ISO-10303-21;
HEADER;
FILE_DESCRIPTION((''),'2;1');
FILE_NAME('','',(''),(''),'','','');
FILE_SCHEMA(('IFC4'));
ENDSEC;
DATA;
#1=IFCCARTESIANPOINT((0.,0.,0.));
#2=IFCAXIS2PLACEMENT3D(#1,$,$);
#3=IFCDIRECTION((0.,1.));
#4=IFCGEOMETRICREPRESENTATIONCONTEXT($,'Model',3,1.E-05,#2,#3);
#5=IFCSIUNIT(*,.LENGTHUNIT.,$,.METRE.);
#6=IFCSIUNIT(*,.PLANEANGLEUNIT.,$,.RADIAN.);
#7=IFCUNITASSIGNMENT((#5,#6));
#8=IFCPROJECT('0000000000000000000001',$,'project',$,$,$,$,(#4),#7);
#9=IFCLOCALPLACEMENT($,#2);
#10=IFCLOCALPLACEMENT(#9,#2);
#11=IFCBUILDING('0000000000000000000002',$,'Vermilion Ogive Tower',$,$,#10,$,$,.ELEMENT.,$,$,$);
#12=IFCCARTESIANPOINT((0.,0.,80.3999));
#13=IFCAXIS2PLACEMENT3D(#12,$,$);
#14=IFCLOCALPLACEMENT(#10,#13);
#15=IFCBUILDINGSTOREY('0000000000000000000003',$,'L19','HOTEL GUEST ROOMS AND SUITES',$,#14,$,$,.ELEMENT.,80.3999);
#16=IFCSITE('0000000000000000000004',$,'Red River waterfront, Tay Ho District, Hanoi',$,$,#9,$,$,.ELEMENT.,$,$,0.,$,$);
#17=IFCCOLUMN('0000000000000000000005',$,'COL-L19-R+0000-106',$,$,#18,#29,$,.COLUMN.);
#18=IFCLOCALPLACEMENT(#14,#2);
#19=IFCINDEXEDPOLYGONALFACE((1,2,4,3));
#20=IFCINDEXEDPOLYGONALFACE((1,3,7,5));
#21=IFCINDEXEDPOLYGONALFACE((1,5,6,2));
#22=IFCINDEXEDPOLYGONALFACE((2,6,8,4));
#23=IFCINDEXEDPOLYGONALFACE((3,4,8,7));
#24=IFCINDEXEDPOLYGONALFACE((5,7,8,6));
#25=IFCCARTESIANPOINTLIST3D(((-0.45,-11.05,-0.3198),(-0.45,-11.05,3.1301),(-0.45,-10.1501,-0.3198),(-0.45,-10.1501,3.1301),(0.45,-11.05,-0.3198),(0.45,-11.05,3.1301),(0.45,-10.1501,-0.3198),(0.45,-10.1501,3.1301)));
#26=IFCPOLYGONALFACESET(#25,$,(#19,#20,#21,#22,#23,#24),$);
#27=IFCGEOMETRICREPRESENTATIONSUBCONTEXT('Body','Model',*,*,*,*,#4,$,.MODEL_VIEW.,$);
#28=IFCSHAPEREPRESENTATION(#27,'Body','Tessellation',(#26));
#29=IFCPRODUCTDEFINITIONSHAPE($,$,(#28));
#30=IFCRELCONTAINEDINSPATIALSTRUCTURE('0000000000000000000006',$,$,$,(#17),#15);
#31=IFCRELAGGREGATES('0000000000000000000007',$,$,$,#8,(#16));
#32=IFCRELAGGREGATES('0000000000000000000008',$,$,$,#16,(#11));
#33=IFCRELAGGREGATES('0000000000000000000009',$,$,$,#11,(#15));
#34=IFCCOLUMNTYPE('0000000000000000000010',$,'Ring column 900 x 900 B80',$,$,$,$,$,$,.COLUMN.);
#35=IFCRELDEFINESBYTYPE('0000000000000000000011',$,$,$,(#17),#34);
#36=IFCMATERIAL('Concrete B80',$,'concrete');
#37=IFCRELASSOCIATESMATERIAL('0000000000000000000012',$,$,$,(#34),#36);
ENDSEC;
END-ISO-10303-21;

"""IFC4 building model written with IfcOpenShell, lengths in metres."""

from ifc_helpers import new_model, si_unit, direction, frame, origin, origin_2d, place, context, subcontext, project, spatial, rectangle, extrude, material, material_profile, profile_set, type_object, element, save


model = new_model("IFC4")

# Units and contexts
model_context = context("Model", 3, precision=1e-05, world=origin(), true_north=direction((0.0, 1.0)))
body_context = subcontext(model_context, "Body", "Model", "MODEL_VIEW")
ifc_project = project(units=[si_unit("LENGTHUNIT", "METRE"), si_unit("PLANEANGLEUNIT", "RADIAN")], contexts=[model_context])

# Site, building, storey
site_placement = place(None, origin())
site = spatial("IfcSite", under=ifc_project, at=site_placement, Name="Red River waterfront, Tay Ho District, Hanoi", CompositionType="ELEMENT", RefElevation=0.0)
building_placement = place(site_placement, origin())
building = spatial("IfcBuilding", under=site, at=building_placement, Name="Vermilion Ogive Tower", CompositionType="ELEMENT")
storey_placement = place(building_placement, frame((0.0, 0.0, 80.3999)))
storey = spatial("IfcBuildingStorey", under=building, at=storey_placement, Name="L19", Description="HOTEL GUEST ROOMS AND SUITES", CompositionType="ELEMENT", Elevation=80.3999)

# Column
ifc_material_1 = material(Name="Concrete B80", Category="concrete")
ifc_material_profile = material_profile(ifc_material_1, rectangle(XDim=0.8999, YDim=0.8999, at=origin_2d()), Name="900 x 900")
ifc_profile_set = profile_set([ifc_material_profile], Name="Concrete B80")
column_type = type_object("IfcColumnType", Name="Ring column 900 x 900 B80", PredefinedType="COLUMN", material=ifc_profile_set)
column_placement = place(storey_placement, frame((0.0, -10.6001, -0.3198), z_axis=(0.0, 0.0, 1.0), x_axis=(1.0, 0.0, 0.0)))
element("IfcColumn", 1, at=column_placement, inside=storey, type_object=column_type, Name="COL-L19-R+0000-106", PredefinedType="COLUMN", context=body_context, shape_type="SweptSolid", body=[
    extrude(rectangle(XDim=0.8999, YDim=0.8999, at=origin_2d()), origin(), (0.0, 0.0, 1.0), 3.45),
])

save(model, "model.ifc")
